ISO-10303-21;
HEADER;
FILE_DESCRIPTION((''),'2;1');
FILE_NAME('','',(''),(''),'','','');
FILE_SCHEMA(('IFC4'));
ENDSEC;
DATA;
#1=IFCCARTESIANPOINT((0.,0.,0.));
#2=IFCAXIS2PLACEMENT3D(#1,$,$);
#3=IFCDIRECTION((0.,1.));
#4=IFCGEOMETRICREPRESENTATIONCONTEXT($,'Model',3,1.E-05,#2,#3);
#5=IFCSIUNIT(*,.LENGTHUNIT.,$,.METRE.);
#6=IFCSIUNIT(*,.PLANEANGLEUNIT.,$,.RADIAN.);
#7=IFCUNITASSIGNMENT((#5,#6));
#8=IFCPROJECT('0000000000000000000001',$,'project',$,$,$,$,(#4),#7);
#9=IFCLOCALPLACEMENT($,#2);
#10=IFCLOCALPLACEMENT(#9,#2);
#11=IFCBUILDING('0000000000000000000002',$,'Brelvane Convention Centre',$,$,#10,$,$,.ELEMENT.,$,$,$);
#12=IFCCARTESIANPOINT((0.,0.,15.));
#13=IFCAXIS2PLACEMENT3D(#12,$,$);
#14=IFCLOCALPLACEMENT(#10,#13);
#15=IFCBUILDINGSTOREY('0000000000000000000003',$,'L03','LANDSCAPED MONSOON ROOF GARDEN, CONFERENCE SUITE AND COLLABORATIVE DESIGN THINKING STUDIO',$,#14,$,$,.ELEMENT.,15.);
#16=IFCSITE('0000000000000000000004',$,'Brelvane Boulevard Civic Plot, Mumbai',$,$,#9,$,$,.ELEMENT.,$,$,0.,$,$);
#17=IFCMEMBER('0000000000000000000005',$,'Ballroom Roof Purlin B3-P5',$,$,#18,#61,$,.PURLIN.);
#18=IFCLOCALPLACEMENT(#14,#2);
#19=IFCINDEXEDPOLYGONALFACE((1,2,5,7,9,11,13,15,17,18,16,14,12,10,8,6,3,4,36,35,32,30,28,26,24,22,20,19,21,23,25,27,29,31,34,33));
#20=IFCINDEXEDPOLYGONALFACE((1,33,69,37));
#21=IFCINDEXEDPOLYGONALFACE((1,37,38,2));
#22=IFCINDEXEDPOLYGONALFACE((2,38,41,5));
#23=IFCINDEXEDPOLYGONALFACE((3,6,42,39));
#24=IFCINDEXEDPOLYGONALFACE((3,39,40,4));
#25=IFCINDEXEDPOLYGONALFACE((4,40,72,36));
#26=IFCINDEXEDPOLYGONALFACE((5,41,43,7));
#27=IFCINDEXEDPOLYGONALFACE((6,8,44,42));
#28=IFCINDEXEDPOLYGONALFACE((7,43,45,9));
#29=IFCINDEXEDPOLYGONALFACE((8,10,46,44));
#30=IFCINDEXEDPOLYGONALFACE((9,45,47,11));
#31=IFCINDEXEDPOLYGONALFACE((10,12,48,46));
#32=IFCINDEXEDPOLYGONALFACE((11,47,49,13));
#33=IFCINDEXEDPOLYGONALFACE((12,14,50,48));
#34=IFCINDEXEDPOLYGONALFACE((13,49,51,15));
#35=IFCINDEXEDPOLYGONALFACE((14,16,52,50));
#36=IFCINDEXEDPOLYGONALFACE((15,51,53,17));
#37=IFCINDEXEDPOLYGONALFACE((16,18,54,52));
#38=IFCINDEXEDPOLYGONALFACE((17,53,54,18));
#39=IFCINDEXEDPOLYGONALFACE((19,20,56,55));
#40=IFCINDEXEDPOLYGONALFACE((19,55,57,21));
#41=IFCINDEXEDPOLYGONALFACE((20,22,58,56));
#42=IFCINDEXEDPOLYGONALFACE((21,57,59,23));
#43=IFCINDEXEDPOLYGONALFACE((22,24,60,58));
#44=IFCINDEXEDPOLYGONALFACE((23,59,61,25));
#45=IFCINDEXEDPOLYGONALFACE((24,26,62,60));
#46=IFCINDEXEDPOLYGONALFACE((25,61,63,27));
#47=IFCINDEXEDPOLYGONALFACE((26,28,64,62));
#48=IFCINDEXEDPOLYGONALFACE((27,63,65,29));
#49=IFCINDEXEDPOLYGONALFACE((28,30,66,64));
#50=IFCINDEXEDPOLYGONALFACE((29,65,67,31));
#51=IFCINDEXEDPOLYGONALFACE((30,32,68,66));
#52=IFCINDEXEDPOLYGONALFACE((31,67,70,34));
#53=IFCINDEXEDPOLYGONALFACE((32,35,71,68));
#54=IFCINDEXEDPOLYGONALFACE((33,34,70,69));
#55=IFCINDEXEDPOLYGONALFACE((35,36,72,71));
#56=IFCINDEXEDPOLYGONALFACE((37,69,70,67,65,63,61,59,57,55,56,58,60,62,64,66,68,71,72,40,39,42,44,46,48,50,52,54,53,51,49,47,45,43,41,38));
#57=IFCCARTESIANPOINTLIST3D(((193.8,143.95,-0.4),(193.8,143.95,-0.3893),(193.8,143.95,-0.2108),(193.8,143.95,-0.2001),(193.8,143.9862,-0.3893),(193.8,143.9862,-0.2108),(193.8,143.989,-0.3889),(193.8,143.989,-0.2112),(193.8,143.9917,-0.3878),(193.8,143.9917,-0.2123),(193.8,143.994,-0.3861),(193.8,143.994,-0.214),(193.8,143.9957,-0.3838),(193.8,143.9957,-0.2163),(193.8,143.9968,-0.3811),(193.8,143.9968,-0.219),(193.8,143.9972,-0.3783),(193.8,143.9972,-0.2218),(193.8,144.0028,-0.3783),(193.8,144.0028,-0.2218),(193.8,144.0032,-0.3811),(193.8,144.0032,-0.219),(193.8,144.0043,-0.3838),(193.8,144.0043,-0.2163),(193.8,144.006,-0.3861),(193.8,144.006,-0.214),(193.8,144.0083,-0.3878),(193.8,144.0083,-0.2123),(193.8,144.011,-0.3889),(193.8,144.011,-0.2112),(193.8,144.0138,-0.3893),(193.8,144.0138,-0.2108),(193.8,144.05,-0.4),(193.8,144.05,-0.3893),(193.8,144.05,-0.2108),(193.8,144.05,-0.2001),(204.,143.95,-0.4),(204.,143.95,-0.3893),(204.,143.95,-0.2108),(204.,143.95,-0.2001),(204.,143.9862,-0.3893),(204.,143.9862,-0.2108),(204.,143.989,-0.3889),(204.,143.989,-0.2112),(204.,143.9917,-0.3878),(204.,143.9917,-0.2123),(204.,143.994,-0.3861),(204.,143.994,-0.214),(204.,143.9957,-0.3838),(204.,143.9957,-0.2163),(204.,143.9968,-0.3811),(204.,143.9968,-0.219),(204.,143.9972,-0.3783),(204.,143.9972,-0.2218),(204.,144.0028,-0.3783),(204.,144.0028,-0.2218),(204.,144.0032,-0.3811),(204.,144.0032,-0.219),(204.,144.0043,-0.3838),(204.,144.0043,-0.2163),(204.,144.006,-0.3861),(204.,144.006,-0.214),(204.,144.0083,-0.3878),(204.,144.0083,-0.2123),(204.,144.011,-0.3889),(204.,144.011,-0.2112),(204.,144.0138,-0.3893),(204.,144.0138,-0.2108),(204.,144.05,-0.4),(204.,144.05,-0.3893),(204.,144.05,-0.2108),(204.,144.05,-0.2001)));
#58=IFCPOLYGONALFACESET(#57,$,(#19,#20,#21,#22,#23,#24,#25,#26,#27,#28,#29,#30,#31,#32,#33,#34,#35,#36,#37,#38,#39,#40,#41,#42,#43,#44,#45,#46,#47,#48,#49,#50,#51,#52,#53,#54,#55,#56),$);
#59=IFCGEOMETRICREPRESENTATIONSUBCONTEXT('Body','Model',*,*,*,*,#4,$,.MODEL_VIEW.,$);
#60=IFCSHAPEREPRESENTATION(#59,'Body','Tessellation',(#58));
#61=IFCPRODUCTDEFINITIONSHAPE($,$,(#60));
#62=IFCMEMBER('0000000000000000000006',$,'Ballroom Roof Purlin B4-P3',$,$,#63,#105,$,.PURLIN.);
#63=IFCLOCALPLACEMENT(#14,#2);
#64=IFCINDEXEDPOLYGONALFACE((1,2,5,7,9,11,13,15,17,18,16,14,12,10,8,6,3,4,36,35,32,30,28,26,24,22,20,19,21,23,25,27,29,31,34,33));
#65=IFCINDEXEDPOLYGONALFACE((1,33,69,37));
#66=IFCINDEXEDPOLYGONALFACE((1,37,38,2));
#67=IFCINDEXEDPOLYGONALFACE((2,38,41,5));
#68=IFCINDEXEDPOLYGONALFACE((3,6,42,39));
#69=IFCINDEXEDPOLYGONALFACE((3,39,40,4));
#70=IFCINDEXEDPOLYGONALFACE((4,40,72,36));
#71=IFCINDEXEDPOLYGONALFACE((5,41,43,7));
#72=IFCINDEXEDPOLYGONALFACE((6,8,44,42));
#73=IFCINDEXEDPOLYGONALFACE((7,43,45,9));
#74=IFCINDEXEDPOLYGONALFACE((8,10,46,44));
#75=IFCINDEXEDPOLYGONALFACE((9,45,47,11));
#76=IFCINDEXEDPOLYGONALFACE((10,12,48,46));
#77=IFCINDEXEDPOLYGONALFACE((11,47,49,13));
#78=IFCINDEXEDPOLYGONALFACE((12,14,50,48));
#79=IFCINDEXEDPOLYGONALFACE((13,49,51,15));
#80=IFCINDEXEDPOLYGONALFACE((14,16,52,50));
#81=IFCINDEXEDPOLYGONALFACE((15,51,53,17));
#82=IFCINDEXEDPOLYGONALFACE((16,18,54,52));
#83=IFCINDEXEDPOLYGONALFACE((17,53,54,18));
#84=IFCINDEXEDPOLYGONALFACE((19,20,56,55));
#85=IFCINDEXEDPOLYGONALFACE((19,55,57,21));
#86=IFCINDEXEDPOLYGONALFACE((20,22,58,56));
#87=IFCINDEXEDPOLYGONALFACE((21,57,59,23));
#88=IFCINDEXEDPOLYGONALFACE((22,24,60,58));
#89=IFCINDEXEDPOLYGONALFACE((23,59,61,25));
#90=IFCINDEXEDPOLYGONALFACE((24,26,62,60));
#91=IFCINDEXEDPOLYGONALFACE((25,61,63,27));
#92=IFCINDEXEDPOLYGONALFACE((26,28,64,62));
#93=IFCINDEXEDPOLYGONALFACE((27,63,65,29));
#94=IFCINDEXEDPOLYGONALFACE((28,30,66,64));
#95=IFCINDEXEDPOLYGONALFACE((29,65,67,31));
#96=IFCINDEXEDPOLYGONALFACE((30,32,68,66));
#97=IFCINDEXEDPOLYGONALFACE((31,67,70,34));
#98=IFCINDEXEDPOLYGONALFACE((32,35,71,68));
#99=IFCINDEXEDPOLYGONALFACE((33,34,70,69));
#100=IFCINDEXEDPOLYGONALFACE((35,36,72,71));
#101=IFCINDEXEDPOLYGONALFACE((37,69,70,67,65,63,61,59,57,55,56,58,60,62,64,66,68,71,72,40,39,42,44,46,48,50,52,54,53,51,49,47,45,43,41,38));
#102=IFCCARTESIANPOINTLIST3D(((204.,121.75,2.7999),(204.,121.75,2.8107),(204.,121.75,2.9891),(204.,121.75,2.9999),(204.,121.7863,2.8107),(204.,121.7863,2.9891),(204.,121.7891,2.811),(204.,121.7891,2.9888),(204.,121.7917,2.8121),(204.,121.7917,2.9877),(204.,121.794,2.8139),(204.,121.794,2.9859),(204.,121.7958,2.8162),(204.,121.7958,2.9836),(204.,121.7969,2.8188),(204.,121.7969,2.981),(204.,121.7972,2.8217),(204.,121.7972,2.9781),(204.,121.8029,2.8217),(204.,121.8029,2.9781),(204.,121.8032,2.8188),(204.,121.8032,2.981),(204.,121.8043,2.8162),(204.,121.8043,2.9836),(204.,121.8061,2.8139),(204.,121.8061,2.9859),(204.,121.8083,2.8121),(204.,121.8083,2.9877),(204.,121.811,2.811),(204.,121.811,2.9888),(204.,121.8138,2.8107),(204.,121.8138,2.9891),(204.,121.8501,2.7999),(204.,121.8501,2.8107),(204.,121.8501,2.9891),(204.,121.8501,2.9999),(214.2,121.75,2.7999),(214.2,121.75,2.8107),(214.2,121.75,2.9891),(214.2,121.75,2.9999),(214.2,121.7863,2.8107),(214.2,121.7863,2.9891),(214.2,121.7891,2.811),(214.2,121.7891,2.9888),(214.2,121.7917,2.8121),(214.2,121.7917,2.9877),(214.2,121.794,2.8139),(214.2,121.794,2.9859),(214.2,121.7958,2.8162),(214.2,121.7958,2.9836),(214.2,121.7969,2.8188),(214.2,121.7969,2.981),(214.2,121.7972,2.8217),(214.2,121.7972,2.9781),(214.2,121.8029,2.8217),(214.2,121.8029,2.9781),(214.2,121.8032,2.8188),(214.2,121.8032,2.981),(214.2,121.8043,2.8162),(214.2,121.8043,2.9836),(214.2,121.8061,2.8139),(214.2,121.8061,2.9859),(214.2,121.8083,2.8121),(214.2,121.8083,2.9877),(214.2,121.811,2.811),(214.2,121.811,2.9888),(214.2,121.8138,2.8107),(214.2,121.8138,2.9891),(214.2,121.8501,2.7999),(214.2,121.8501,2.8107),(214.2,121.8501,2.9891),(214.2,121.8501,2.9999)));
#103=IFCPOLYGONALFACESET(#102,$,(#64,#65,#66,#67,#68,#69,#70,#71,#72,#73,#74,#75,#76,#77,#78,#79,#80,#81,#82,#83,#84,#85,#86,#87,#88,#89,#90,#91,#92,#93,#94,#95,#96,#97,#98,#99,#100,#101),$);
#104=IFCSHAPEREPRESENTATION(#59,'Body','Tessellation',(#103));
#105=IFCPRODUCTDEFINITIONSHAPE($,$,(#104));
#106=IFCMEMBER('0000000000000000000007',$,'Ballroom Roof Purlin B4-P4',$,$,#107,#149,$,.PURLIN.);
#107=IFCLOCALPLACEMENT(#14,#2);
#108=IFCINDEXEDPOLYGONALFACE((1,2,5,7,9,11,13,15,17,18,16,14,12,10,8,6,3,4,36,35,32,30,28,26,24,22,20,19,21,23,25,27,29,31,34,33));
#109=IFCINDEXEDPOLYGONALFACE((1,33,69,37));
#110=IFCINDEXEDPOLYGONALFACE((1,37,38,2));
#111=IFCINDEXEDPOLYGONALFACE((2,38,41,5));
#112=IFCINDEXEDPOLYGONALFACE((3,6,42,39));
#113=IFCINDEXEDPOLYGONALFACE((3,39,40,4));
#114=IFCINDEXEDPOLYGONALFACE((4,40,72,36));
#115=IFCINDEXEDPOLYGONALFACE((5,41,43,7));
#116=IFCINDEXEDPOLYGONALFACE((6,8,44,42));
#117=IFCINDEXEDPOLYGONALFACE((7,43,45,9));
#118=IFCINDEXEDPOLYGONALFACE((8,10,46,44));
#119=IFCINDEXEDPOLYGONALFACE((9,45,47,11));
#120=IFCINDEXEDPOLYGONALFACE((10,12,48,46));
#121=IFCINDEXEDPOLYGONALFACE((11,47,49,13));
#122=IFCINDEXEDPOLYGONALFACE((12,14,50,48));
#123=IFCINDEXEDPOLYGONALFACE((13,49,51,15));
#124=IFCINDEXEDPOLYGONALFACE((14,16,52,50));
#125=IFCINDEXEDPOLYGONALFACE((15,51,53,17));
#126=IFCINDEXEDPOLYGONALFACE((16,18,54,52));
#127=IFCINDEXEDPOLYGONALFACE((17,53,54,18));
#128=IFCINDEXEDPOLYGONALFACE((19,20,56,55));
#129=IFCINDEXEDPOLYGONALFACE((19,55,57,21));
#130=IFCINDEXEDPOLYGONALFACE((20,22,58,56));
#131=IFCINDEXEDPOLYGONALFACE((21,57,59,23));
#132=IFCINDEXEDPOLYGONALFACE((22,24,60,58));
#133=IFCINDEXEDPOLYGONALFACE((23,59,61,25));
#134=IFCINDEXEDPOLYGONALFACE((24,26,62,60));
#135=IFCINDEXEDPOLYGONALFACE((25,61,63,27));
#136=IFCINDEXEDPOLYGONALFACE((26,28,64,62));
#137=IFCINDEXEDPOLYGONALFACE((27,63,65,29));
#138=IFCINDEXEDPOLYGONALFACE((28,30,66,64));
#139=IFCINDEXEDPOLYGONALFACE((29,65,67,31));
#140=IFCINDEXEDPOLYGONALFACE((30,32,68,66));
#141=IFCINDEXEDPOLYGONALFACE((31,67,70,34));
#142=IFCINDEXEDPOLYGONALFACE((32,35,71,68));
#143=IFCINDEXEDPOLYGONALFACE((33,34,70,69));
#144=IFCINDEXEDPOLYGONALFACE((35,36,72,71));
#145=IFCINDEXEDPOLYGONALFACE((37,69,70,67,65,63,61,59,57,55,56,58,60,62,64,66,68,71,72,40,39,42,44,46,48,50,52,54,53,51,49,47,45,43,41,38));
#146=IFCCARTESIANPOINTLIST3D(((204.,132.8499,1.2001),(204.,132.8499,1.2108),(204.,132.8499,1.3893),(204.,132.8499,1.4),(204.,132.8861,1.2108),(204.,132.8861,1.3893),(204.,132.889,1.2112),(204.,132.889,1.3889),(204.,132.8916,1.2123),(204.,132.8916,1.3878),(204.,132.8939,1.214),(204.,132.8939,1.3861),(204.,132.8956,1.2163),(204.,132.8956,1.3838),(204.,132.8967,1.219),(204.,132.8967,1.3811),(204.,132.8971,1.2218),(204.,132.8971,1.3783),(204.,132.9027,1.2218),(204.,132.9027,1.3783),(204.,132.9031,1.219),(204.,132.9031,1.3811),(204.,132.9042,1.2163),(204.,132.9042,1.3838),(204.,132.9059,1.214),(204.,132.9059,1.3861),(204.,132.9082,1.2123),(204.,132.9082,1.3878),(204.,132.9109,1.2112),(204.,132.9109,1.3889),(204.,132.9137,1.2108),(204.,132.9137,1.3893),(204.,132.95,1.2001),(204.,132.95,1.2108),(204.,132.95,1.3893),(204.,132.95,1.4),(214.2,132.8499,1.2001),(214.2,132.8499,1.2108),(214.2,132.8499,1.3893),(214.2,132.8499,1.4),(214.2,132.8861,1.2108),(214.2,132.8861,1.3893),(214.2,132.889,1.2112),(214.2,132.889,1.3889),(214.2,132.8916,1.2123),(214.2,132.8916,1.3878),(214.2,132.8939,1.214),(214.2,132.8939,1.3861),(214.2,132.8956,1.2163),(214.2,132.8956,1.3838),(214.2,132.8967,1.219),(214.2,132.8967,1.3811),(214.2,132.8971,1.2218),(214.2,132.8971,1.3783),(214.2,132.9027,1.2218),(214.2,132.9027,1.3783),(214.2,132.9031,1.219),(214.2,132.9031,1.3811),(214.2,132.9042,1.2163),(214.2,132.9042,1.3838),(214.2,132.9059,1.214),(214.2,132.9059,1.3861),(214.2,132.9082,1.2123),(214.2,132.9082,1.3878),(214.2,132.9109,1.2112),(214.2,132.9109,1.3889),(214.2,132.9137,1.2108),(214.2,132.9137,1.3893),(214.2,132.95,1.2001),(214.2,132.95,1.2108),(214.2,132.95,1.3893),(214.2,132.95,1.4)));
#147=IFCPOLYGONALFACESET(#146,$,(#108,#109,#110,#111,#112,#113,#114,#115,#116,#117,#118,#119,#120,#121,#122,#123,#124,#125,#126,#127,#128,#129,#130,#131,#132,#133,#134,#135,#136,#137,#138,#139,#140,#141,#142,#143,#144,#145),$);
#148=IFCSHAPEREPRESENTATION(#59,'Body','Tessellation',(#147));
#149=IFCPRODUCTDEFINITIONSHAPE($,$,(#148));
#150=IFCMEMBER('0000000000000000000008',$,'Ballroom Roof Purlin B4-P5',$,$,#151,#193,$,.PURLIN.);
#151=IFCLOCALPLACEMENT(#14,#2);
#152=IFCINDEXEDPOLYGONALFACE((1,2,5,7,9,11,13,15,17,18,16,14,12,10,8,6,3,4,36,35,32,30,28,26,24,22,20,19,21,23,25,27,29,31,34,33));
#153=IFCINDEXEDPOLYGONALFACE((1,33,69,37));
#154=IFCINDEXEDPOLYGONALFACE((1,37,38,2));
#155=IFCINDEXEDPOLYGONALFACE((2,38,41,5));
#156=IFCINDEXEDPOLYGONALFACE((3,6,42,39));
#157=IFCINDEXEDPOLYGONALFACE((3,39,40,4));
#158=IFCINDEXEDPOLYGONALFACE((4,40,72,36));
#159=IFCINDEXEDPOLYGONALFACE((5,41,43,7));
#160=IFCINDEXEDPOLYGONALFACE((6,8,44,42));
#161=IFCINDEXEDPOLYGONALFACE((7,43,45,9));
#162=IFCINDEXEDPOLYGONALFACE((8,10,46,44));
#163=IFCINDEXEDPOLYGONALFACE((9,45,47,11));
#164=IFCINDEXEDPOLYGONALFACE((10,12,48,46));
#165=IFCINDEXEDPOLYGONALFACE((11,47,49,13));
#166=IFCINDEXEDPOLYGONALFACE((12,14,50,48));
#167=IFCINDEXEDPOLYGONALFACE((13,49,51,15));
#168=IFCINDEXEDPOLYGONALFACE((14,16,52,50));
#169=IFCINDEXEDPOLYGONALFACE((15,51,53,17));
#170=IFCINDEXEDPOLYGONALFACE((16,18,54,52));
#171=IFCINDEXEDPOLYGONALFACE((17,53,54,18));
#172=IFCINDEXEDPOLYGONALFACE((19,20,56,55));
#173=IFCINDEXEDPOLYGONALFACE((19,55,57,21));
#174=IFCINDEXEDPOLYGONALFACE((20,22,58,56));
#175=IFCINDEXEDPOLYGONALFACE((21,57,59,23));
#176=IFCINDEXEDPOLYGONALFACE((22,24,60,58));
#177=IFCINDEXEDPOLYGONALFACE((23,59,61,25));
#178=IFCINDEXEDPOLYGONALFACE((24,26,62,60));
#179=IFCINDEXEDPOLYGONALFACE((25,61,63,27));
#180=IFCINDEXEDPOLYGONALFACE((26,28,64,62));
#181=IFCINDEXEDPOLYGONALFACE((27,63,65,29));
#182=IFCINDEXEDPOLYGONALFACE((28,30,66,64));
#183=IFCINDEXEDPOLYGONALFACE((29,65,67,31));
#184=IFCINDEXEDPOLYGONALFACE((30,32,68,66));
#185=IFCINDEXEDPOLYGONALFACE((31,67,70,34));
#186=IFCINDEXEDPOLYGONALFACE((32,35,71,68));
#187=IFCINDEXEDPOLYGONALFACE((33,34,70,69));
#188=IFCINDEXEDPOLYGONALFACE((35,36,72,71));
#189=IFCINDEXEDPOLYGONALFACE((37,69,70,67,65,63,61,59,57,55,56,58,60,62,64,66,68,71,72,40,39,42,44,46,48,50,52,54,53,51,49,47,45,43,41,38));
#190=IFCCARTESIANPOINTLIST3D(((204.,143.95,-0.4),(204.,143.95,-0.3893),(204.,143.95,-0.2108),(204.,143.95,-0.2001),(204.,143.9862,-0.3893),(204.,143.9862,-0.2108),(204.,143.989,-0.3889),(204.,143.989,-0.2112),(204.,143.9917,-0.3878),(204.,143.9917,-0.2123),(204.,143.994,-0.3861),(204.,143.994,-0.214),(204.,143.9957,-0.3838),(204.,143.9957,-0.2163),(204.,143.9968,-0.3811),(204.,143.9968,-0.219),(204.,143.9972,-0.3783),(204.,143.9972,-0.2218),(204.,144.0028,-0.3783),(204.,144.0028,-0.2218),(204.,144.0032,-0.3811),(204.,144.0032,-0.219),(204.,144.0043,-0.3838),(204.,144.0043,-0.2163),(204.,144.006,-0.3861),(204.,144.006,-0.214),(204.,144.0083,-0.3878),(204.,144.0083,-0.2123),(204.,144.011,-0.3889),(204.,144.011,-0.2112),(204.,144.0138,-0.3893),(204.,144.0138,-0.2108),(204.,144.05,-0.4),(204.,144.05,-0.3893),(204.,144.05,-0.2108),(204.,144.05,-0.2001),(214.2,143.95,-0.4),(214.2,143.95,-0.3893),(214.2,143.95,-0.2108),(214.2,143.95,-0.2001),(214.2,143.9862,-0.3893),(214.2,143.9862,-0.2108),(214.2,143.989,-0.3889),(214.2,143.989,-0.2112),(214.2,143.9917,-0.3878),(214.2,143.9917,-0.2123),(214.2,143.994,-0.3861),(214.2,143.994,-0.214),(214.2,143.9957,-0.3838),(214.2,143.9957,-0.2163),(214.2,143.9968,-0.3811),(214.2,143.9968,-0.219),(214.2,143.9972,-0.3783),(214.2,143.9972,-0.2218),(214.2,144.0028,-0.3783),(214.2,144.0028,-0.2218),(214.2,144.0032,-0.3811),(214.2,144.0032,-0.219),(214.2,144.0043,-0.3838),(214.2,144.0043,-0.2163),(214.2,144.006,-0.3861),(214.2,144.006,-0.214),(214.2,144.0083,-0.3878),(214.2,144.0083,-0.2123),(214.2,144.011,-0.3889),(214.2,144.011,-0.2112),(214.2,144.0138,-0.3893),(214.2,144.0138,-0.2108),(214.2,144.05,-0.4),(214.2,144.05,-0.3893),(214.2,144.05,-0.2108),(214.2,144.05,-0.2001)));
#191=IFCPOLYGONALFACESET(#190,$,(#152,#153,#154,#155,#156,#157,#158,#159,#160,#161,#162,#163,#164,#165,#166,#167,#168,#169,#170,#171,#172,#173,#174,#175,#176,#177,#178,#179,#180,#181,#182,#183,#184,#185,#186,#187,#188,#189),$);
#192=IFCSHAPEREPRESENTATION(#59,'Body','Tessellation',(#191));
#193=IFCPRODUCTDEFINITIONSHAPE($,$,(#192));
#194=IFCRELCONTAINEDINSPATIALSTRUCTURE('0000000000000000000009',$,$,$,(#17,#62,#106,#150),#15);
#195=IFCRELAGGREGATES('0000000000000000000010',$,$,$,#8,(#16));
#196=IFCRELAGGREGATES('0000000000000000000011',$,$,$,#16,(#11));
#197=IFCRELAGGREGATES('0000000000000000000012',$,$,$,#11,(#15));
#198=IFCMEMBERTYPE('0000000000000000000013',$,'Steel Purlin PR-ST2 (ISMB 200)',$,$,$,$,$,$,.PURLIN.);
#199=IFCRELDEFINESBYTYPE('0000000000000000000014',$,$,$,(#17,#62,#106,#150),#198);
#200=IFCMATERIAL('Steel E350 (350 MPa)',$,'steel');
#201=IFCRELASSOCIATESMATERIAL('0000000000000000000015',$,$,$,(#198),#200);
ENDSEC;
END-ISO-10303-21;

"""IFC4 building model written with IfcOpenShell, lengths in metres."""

from ifc_helpers import new_model, si_unit, direction, frame, origin, origin_2d, place, context, subcontext, project, spatial, i_section, extrude, material, material_profile, profile_set, type_object, element, save


model = new_model("IFC4")

# Units and contexts
model_context = context("Model", 3, precision=1e-05, world=origin(), true_north=direction((0.0, 1.0)))
body_context = subcontext(model_context, "Body", "Model", "MODEL_VIEW")
ifc_project = project(units=[si_unit("LENGTHUNIT", "METRE"), si_unit("PLANEANGLEUNIT", "RADIAN")], contexts=[model_context])

# Site, building, storey
site_placement = place(None, origin())
site = spatial("IfcSite", under=ifc_project, at=site_placement, Name="Brelvane Boulevard Civic Plot, Mumbai", CompositionType="ELEMENT", RefElevation=0.0)
building_placement = place(site_placement, origin())
building = spatial("IfcBuilding", under=site, at=building_placement, Name="Brelvane Convention Centre", CompositionType="ELEMENT")
storey_placement = place(building_placement, frame((0.0, 0.0, 15.0)))
storey = spatial("IfcBuildingStorey", under=building, at=storey_placement, Name="L03", Description="LANDSCAPED MONSOON ROOF GARDEN, CONFERENCE SUITE AND COLLABORATIVE DESIGN THINKING STUDIO", CompositionType="ELEMENT", Elevation=15.0)

# Members
ifc_material_1 = material(Name="Steel E350 (350 MPa)", Category="steel")
ifc_material_profile_1 = material_profile(ifc_material_1, i_section(OverallWidth=0.1001, OverallDepth=0.2, WebThickness=0.0056, FlangeThickness=0.0107, FilletRadius=0.011, at=origin_2d()), Name="ISMB 200")
ifc_profile_set_1 = profile_set([ifc_material_profile_1], Name="Steel E350 (350 MPa)")
member_type_1 = type_object("IfcMemberType", Name="Steel Purlin PR-ST2 (ISMB 200)", PredefinedType="PURLIN", material=ifc_profile_set_1)
for number, where, z_axis, x_axis, name in (
    (1, (193.8, 144.0, -0.3), (1.0, 0.0, 0.0), (0.0, 1.0, 0.0), "Ballroom Roof Purlin B3-P5"),
    (2, (204.0, 121.8, 2.8999), (1.0, 0.0, 0.0), (0.0, 1.0, 0.0), "Ballroom Roof Purlin B4-P3"),
    (3, (204.0, 132.8999, 1.3), (1.0, 0.0, 0.0), (0.0, 1.0, 0.0), "Ballroom Roof Purlin B4-P4"),
    (4, (204.0, 144.0, -0.3), (1.0, 0.0, 0.0), (0.0, 1.0, 0.0), "Ballroom Roof Purlin B4-P5"),
):
    element("IfcMember", number, at=place(storey_placement, frame(where, z_axis=z_axis, x_axis=x_axis)), inside=storey, type_object=member_type_1, Name=name, PredefinedType="PURLIN", context=body_context, shape_type="SweptSolid", body=[
        extrude(i_section(OverallWidth=0.1001, OverallDepth=0.2, WebThickness=0.0056, FlangeThickness=0.0107, FilletRadius=0.011, at=origin_2d()), origin(), (0.0, 0.0, 1.0), 10.2),
    ])

save(model, "model.ifc")
